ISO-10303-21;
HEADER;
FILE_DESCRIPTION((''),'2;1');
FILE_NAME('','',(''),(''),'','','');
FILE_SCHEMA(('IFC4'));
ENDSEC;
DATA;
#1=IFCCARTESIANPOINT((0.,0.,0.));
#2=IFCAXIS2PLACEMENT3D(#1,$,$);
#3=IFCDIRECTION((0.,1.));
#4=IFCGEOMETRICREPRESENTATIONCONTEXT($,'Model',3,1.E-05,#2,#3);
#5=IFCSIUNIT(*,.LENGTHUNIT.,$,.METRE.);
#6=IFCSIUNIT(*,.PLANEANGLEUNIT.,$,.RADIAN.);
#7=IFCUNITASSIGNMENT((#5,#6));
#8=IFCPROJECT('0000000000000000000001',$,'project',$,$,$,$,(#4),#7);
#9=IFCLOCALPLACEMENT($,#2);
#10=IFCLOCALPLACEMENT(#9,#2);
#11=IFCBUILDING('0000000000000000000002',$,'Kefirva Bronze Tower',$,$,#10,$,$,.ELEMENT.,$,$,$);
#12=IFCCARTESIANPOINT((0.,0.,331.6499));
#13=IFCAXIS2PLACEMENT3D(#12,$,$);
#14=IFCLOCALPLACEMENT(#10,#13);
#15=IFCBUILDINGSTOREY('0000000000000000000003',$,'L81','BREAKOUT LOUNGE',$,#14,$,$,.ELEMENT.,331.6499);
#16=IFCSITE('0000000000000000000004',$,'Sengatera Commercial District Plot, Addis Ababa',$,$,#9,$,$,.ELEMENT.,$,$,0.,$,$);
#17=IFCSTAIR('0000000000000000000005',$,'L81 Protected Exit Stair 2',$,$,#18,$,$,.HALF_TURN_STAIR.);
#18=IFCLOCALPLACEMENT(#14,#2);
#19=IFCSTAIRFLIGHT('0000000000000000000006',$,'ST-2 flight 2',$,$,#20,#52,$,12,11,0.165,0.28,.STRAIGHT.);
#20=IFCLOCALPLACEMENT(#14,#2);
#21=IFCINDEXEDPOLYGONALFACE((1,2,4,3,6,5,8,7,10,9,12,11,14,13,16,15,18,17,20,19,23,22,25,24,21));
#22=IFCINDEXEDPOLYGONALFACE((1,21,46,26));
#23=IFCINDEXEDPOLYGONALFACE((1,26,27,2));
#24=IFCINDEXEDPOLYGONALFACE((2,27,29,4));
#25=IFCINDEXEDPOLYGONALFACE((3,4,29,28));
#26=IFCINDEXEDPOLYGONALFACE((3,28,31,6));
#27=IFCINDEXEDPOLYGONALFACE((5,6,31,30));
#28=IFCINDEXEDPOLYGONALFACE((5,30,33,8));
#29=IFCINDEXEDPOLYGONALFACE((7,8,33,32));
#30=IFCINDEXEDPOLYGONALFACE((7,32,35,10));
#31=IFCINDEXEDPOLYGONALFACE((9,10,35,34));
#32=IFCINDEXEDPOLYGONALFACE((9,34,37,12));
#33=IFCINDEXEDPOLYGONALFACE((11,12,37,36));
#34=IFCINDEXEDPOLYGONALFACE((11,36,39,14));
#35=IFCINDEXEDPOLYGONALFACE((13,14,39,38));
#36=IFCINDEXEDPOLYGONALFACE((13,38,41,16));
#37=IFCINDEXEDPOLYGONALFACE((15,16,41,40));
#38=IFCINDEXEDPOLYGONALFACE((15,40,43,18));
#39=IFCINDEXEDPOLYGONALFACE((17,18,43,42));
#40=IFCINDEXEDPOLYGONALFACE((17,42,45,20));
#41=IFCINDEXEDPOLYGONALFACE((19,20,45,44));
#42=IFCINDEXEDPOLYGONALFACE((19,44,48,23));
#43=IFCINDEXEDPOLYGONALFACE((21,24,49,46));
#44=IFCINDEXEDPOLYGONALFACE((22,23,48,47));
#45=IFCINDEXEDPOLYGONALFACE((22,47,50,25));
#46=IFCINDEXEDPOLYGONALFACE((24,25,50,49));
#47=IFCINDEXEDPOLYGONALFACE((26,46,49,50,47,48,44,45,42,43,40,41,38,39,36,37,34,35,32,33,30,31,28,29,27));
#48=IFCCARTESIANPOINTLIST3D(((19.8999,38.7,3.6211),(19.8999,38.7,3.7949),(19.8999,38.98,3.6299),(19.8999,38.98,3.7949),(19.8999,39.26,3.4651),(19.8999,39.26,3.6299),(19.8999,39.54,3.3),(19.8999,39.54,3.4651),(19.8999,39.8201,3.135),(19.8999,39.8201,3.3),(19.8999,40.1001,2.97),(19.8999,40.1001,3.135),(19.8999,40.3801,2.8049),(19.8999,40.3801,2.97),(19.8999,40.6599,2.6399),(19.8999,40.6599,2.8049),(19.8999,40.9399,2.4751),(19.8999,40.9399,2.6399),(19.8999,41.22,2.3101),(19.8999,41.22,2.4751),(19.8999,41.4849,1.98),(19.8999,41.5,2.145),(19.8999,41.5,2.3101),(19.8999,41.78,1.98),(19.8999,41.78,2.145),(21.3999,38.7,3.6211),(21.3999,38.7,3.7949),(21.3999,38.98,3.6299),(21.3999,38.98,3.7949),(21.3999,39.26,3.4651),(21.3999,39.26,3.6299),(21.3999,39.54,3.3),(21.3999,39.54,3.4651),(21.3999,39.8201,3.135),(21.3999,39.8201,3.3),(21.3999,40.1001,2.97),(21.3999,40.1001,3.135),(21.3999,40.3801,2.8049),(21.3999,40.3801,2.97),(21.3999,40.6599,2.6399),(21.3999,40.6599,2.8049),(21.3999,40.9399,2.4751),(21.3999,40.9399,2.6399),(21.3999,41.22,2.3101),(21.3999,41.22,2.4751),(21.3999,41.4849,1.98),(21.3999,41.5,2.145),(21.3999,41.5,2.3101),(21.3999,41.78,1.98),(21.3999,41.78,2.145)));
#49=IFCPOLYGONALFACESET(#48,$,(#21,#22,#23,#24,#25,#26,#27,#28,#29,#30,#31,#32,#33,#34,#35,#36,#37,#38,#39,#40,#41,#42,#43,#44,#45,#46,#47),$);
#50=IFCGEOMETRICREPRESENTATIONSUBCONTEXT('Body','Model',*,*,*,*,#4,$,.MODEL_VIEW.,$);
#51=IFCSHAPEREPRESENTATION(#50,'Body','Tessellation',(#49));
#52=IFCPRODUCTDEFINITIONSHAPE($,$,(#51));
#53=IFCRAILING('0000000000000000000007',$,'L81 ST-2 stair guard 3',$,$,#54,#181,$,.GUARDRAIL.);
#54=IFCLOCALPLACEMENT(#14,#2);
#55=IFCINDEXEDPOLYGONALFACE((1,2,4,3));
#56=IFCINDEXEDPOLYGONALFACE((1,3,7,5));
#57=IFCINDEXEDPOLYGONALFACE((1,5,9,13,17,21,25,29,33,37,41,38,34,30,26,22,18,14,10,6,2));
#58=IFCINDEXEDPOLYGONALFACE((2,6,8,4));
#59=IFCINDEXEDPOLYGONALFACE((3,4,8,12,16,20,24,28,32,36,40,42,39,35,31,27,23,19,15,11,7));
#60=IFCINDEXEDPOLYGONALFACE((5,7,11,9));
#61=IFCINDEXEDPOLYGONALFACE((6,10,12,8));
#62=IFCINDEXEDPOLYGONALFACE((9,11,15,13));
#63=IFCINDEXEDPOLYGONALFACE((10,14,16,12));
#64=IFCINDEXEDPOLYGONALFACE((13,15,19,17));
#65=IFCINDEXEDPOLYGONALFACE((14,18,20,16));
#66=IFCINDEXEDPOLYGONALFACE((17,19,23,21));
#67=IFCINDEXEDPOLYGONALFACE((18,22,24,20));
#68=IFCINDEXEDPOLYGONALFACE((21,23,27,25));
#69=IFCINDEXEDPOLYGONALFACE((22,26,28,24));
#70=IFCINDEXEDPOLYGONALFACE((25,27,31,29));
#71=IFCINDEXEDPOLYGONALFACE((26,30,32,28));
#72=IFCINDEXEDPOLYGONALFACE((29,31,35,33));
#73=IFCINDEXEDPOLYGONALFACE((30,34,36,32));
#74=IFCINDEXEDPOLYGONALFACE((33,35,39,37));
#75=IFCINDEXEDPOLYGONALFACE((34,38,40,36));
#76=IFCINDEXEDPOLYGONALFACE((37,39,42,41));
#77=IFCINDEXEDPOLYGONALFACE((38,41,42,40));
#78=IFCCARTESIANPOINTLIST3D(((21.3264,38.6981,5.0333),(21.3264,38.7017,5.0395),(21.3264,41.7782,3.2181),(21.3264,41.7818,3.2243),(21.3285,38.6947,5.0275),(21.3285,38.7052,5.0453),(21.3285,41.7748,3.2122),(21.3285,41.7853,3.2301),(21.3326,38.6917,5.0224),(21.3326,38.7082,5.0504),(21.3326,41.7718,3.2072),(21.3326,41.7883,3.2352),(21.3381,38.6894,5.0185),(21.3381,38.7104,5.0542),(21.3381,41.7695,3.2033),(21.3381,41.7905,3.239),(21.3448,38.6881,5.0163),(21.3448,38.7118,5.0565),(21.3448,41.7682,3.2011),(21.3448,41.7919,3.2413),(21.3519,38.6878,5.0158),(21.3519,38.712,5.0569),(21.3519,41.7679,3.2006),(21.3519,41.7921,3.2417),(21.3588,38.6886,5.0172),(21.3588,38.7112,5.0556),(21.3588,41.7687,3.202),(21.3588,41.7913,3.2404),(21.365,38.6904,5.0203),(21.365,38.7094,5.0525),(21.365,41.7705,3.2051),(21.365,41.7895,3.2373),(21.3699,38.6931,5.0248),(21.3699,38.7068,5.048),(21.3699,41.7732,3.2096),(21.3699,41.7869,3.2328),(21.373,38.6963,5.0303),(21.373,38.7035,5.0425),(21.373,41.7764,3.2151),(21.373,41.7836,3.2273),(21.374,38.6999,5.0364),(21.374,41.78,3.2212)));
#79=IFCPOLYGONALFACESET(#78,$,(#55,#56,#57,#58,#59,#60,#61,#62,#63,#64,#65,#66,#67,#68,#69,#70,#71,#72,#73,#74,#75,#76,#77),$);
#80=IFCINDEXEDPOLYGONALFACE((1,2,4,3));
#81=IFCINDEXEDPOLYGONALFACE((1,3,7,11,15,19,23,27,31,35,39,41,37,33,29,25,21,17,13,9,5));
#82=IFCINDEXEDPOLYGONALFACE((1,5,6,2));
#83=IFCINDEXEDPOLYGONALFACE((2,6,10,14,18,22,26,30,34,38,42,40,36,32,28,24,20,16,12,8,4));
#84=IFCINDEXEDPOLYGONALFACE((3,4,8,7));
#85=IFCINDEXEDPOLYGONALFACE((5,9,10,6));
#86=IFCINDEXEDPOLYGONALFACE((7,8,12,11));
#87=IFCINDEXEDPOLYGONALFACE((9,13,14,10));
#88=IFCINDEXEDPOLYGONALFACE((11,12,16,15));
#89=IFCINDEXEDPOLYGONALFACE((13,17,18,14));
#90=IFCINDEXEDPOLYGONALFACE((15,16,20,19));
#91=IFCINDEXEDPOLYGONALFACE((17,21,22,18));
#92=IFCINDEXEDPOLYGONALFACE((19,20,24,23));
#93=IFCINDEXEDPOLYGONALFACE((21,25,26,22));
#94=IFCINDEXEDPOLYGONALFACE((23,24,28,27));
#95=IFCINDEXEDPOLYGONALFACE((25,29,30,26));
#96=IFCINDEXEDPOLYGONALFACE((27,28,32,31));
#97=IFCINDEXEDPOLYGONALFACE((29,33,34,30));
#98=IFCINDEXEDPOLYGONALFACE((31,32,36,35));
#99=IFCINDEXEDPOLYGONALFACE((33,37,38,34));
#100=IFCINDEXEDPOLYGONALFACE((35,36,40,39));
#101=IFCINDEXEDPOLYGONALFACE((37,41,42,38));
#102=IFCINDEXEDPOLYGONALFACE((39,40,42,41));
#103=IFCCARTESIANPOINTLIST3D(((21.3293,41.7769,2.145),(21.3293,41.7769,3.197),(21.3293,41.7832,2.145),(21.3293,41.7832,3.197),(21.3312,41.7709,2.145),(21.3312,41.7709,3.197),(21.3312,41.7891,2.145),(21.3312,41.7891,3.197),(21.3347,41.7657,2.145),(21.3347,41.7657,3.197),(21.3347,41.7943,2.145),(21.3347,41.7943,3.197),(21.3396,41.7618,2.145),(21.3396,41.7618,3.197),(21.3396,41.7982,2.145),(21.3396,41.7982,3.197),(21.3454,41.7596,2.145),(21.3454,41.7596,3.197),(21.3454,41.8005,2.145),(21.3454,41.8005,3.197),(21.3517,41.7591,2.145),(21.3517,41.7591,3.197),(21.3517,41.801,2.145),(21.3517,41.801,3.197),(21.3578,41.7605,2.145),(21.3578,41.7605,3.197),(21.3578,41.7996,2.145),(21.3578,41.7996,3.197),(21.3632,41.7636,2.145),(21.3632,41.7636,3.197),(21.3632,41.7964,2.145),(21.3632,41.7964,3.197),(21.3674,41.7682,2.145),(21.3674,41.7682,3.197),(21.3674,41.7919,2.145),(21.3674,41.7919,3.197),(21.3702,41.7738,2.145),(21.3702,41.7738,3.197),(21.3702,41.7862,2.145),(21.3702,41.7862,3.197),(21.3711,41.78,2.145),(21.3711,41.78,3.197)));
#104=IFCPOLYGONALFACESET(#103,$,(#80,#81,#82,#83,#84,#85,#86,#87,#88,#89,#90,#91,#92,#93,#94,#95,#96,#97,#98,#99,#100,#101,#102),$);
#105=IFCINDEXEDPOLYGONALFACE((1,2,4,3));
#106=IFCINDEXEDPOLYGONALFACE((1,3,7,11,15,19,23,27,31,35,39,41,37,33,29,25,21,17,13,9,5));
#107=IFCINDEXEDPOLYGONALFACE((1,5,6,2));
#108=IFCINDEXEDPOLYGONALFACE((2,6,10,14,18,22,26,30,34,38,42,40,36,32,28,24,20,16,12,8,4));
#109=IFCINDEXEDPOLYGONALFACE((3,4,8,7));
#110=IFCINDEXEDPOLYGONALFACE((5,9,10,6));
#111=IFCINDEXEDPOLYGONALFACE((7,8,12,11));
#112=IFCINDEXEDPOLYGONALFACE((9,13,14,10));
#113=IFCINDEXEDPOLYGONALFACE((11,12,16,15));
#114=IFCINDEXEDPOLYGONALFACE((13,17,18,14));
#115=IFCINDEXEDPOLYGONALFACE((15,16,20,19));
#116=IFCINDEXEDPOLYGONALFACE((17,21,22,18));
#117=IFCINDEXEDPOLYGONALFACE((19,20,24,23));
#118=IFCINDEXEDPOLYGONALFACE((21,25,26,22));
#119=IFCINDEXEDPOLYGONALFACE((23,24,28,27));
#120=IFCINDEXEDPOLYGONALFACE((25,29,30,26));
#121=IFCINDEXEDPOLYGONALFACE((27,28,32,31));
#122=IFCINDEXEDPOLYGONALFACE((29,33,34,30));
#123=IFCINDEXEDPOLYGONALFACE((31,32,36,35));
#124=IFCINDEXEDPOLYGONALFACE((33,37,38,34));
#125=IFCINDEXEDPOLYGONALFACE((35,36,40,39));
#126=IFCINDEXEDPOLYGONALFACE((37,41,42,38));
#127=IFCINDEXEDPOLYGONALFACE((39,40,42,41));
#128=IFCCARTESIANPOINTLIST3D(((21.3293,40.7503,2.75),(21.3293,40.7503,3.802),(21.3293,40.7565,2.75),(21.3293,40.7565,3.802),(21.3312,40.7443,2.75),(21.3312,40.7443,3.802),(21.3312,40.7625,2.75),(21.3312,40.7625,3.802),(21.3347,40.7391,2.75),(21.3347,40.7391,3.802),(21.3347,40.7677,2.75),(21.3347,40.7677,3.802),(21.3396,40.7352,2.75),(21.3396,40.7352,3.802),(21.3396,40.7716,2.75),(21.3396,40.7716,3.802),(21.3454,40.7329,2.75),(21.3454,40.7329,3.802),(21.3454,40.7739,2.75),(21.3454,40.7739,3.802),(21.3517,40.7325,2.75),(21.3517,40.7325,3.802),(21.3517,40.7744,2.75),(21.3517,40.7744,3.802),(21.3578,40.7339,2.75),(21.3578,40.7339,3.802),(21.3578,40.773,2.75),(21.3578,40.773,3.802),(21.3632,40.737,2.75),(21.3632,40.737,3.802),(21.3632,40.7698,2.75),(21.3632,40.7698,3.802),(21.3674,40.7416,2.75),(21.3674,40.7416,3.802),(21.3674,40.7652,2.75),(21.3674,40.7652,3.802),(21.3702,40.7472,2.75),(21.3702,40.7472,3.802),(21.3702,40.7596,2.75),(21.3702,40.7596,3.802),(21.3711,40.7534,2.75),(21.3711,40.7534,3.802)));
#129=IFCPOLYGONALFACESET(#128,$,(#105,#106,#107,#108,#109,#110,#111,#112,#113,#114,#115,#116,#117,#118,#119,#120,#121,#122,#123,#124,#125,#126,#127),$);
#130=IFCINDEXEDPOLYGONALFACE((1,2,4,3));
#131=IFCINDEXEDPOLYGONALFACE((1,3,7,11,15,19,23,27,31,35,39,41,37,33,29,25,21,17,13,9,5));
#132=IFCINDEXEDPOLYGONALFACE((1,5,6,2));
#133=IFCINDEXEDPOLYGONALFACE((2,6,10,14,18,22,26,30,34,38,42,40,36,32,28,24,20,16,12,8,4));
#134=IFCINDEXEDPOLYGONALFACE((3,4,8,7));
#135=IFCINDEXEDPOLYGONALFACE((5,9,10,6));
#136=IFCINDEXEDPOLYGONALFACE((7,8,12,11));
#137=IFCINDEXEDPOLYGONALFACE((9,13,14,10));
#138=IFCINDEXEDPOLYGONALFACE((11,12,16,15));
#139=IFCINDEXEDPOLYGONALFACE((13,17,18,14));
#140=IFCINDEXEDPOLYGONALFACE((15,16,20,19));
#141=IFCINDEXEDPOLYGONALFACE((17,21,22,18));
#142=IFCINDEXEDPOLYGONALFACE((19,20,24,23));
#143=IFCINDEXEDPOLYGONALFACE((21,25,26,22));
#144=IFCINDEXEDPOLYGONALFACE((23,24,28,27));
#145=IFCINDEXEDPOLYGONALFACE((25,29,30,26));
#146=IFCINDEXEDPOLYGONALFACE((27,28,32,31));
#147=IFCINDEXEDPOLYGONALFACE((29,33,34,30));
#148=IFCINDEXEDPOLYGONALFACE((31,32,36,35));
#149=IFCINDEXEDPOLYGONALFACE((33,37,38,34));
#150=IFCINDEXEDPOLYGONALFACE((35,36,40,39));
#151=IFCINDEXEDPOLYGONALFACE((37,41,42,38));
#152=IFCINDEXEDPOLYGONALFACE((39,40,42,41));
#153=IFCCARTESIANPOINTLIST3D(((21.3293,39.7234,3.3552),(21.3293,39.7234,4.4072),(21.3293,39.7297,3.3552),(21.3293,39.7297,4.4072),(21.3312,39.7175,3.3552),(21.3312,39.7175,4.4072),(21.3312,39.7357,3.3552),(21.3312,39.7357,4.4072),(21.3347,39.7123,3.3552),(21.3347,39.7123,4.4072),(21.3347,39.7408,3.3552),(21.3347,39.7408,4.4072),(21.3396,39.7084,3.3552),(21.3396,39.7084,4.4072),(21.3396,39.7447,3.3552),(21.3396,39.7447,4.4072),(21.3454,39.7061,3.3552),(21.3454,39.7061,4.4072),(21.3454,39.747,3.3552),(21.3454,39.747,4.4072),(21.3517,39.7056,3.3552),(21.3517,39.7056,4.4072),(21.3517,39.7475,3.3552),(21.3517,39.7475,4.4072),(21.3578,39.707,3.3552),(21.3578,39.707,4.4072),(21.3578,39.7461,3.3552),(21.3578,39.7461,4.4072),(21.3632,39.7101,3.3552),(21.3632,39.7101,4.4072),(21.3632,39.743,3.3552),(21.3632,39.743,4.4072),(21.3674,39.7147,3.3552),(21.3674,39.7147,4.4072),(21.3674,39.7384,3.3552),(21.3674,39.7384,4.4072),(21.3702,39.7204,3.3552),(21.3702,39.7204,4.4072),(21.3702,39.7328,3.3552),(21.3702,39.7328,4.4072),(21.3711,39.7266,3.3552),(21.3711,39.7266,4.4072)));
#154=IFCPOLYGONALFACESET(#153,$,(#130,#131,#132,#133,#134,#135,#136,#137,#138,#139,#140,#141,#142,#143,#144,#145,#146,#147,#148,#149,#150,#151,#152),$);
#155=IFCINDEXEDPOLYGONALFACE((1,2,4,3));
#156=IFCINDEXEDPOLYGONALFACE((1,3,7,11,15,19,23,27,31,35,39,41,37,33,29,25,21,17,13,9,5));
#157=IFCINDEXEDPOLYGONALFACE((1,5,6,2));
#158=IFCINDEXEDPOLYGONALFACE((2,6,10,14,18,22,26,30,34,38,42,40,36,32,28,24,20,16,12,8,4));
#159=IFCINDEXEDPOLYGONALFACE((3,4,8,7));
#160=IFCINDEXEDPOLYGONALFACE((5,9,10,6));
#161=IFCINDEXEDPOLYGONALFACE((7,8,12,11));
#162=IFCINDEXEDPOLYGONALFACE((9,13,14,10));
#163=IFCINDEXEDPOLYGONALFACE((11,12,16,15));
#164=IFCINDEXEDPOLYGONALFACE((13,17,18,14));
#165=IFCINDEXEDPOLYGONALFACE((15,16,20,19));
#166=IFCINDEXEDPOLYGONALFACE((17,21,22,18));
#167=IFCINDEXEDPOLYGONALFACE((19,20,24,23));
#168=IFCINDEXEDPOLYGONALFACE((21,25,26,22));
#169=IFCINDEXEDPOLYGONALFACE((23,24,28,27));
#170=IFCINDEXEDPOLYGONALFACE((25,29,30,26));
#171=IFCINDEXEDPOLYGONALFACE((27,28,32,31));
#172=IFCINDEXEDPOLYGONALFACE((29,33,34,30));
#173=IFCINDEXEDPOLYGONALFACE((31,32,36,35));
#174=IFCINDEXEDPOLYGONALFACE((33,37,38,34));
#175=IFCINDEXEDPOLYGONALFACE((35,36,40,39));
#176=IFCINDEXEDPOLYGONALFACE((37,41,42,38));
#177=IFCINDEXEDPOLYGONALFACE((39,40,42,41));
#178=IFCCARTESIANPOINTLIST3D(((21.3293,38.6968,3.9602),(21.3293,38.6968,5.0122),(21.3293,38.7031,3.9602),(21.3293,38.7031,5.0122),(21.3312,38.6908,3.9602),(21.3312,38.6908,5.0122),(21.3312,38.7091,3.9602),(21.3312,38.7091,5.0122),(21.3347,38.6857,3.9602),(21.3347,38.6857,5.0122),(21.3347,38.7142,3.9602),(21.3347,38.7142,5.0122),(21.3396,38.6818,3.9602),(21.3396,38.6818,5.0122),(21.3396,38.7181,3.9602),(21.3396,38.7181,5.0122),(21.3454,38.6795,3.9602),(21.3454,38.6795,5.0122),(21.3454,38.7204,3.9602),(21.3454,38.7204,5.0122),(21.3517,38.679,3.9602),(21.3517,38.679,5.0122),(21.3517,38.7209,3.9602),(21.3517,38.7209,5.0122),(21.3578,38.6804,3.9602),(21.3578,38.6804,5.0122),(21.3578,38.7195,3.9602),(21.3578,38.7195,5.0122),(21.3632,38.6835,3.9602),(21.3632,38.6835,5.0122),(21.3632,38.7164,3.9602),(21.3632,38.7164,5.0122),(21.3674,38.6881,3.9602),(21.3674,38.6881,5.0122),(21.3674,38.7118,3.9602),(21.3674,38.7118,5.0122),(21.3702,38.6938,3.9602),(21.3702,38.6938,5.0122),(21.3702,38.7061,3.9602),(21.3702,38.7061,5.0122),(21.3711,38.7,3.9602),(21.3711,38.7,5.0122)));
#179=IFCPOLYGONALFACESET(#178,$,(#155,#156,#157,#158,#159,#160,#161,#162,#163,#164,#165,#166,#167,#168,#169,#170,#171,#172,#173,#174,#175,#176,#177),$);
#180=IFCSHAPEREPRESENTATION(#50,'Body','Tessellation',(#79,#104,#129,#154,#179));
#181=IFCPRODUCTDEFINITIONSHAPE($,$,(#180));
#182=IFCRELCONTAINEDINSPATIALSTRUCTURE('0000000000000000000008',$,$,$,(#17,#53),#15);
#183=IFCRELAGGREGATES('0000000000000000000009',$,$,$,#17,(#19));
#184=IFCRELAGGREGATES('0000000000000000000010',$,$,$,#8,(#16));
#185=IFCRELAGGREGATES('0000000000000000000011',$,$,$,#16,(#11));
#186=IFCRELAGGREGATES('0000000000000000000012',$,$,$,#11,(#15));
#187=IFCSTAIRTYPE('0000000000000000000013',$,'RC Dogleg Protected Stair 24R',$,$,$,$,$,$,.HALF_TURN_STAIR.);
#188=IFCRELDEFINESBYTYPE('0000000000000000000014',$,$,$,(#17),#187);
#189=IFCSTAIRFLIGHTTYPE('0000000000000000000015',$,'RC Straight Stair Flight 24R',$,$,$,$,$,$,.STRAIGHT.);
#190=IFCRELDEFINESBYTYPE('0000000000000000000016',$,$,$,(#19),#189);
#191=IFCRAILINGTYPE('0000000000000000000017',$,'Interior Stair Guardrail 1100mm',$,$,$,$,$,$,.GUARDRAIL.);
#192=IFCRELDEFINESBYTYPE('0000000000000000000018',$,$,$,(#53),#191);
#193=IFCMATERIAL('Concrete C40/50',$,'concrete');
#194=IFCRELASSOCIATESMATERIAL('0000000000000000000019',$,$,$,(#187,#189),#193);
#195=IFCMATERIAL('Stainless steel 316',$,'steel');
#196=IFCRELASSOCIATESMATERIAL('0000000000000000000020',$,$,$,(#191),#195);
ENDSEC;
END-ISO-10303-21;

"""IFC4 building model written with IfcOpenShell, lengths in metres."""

from ifc_helpers import new_model, si_unit, direction, frame, origin, origin_2d, place, context, subcontext, project, spatial, polyline, circle, outline, extrude, material, type_object, element, aggregate, save


model = new_model("IFC4")

# Units and contexts
model_context = context("Model", 3, precision=1e-05, world=origin(), true_north=direction((0.0, 1.0)))
body_context = subcontext(model_context, "Body", "Model", "MODEL_VIEW")
ifc_project = project(units=[si_unit("LENGTHUNIT", "METRE"), si_unit("PLANEANGLEUNIT", "RADIAN")], contexts=[model_context])

# Site, building, storey
site_placement = place(None, origin())
site = spatial("IfcSite", under=ifc_project, at=site_placement, Name="Sengatera Commercial District Plot, Addis Ababa", CompositionType="ELEMENT", RefElevation=0.0)
building_placement = place(site_placement, origin())
building = spatial("IfcBuilding", under=site, at=building_placement, Name="Kefirva Bronze Tower", CompositionType="ELEMENT")
storey_placement = place(building_placement, frame((0.0, 0.0, 331.6499)))
storey = spatial("IfcBuildingStorey", under=building, at=storey_placement, Name="L81", Description="BREAKOUT LOUNGE", CompositionType="ELEMENT", Elevation=331.6499)

# Shared definitions
ifc_material_1 = material(Name="Stainless steel 316", Category="steel")

# Stair, stair flight
ifc_material_2 = material(Name="Concrete C40/50", Category="concrete")
stair_type = type_object("IfcStairType", Name="RC Dogleg Protected Stair 24R", PredefinedType="HALF_TURN_STAIR", material=ifc_material_2)
stair_placement = place(storey_placement, origin())
stair = element("IfcStair", 1, at=stair_placement, inside=storey, type_object=stair_type, Name="L81 Protected Exit Stair 2", PredefinedType="HALF_TURN_STAIR")
stair_flight_type = type_object("IfcStairFlightType", Name="RC Straight Stair Flight 24R", PredefinedType="STRAIGHT", material=ifc_material_2)
stair_flight_placement = place(storey_placement, frame((20.6499, 41.78, 1.98), z_axis=(0.0, 0.0, 1.0), x_axis=(0.0, -1.0, 0.0)))
stair_flight = element("IfcStairFlight", 2, at=stair_flight_placement, type_object=stair_flight_type, Name="ST-2 flight 2", NumberOfRisers=12, NumberOfTreads=11, PredefinedType="STRAIGHT", RiserHeight=0.165, TreadLength=0.28, context=body_context, shape_type="SweptSolid", body=[
    extrude(outline(polyline([(0.0, 0.0), (0.0, 0.165), (0.28, 0.165), (0.28, 0.3301), (0.5601, 0.3301), (0.5601, 0.4951), (0.8401, 0.4951), (0.8401, 0.6599), (1.1201, 0.6599), (1.1201, 0.825), (1.3999, 0.825), (1.3999, 0.99), (1.6799, 0.99), (1.6799, 1.155), (1.96, 1.155), (1.96, 1.3201), (2.24, 1.3201), (2.24, 1.4851), (2.52, 1.4851), (2.52, 1.6499), (2.8, 1.6499), (2.8, 1.8149), (3.0801, 1.8149), (3.0801, 1.98), (3.0801, 1.6411), (0.2952, 0.0), (0.0, 0.0)])), frame((0.0, 0.75, 0.0), z_axis=(0.0, -1.0, 0.0), x_axis=(1.0, 0.0, 0.0)), (0.0, 0.0, 1.0), 1.5),
])
aggregate(stair, [stair_flight])

# Railing
railing_type_1 = type_object("IfcRailingType", Name="Interior Stair Guardrail 1100mm", PredefinedType="GUARDRAIL", material=ifc_material_1)
railing_1_placement = place(storey_placement, frame((21.3501, 41.78, 2.145)))
element("IfcRailing", 3, at=railing_1_placement, inside=storey, type_object=railing_type_1, Name="L81 ST-2 stair guard 3", PredefinedType="GUARDRAIL", context=body_context, shape_type="SweptSolid", body=[
    extrude(circle(Radius=0.0239, at=origin_2d()), frame((0.0, 0.0, 1.0762), z_axis=(0.0, -0.861521, 0.507721), x_axis=(1.0, 0.0, 0.0)), (0.0, 0.0, 1.0), 3.5752),
    extrude(circle(Radius=0.021, at=origin_2d()), origin(), (0.0, 0.0, 1.0), 1.052),
    extrude(circle(Radius=0.021, at=origin_2d()), frame((0.0, -1.0266, 0.605)), (0.0, 0.0, 1.0), 1.052),
    extrude(circle(Radius=0.021, at=origin_2d()), frame((0.0, -2.0535, 1.2102)), (0.0, 0.0, 1.0), 1.052),
    extrude(circle(Radius=0.021, at=origin_2d()), frame((0.0, -3.0801, 1.8152)), (0.0, 0.0, 1.0), 1.052),
])

save(model, "model.ifc")
